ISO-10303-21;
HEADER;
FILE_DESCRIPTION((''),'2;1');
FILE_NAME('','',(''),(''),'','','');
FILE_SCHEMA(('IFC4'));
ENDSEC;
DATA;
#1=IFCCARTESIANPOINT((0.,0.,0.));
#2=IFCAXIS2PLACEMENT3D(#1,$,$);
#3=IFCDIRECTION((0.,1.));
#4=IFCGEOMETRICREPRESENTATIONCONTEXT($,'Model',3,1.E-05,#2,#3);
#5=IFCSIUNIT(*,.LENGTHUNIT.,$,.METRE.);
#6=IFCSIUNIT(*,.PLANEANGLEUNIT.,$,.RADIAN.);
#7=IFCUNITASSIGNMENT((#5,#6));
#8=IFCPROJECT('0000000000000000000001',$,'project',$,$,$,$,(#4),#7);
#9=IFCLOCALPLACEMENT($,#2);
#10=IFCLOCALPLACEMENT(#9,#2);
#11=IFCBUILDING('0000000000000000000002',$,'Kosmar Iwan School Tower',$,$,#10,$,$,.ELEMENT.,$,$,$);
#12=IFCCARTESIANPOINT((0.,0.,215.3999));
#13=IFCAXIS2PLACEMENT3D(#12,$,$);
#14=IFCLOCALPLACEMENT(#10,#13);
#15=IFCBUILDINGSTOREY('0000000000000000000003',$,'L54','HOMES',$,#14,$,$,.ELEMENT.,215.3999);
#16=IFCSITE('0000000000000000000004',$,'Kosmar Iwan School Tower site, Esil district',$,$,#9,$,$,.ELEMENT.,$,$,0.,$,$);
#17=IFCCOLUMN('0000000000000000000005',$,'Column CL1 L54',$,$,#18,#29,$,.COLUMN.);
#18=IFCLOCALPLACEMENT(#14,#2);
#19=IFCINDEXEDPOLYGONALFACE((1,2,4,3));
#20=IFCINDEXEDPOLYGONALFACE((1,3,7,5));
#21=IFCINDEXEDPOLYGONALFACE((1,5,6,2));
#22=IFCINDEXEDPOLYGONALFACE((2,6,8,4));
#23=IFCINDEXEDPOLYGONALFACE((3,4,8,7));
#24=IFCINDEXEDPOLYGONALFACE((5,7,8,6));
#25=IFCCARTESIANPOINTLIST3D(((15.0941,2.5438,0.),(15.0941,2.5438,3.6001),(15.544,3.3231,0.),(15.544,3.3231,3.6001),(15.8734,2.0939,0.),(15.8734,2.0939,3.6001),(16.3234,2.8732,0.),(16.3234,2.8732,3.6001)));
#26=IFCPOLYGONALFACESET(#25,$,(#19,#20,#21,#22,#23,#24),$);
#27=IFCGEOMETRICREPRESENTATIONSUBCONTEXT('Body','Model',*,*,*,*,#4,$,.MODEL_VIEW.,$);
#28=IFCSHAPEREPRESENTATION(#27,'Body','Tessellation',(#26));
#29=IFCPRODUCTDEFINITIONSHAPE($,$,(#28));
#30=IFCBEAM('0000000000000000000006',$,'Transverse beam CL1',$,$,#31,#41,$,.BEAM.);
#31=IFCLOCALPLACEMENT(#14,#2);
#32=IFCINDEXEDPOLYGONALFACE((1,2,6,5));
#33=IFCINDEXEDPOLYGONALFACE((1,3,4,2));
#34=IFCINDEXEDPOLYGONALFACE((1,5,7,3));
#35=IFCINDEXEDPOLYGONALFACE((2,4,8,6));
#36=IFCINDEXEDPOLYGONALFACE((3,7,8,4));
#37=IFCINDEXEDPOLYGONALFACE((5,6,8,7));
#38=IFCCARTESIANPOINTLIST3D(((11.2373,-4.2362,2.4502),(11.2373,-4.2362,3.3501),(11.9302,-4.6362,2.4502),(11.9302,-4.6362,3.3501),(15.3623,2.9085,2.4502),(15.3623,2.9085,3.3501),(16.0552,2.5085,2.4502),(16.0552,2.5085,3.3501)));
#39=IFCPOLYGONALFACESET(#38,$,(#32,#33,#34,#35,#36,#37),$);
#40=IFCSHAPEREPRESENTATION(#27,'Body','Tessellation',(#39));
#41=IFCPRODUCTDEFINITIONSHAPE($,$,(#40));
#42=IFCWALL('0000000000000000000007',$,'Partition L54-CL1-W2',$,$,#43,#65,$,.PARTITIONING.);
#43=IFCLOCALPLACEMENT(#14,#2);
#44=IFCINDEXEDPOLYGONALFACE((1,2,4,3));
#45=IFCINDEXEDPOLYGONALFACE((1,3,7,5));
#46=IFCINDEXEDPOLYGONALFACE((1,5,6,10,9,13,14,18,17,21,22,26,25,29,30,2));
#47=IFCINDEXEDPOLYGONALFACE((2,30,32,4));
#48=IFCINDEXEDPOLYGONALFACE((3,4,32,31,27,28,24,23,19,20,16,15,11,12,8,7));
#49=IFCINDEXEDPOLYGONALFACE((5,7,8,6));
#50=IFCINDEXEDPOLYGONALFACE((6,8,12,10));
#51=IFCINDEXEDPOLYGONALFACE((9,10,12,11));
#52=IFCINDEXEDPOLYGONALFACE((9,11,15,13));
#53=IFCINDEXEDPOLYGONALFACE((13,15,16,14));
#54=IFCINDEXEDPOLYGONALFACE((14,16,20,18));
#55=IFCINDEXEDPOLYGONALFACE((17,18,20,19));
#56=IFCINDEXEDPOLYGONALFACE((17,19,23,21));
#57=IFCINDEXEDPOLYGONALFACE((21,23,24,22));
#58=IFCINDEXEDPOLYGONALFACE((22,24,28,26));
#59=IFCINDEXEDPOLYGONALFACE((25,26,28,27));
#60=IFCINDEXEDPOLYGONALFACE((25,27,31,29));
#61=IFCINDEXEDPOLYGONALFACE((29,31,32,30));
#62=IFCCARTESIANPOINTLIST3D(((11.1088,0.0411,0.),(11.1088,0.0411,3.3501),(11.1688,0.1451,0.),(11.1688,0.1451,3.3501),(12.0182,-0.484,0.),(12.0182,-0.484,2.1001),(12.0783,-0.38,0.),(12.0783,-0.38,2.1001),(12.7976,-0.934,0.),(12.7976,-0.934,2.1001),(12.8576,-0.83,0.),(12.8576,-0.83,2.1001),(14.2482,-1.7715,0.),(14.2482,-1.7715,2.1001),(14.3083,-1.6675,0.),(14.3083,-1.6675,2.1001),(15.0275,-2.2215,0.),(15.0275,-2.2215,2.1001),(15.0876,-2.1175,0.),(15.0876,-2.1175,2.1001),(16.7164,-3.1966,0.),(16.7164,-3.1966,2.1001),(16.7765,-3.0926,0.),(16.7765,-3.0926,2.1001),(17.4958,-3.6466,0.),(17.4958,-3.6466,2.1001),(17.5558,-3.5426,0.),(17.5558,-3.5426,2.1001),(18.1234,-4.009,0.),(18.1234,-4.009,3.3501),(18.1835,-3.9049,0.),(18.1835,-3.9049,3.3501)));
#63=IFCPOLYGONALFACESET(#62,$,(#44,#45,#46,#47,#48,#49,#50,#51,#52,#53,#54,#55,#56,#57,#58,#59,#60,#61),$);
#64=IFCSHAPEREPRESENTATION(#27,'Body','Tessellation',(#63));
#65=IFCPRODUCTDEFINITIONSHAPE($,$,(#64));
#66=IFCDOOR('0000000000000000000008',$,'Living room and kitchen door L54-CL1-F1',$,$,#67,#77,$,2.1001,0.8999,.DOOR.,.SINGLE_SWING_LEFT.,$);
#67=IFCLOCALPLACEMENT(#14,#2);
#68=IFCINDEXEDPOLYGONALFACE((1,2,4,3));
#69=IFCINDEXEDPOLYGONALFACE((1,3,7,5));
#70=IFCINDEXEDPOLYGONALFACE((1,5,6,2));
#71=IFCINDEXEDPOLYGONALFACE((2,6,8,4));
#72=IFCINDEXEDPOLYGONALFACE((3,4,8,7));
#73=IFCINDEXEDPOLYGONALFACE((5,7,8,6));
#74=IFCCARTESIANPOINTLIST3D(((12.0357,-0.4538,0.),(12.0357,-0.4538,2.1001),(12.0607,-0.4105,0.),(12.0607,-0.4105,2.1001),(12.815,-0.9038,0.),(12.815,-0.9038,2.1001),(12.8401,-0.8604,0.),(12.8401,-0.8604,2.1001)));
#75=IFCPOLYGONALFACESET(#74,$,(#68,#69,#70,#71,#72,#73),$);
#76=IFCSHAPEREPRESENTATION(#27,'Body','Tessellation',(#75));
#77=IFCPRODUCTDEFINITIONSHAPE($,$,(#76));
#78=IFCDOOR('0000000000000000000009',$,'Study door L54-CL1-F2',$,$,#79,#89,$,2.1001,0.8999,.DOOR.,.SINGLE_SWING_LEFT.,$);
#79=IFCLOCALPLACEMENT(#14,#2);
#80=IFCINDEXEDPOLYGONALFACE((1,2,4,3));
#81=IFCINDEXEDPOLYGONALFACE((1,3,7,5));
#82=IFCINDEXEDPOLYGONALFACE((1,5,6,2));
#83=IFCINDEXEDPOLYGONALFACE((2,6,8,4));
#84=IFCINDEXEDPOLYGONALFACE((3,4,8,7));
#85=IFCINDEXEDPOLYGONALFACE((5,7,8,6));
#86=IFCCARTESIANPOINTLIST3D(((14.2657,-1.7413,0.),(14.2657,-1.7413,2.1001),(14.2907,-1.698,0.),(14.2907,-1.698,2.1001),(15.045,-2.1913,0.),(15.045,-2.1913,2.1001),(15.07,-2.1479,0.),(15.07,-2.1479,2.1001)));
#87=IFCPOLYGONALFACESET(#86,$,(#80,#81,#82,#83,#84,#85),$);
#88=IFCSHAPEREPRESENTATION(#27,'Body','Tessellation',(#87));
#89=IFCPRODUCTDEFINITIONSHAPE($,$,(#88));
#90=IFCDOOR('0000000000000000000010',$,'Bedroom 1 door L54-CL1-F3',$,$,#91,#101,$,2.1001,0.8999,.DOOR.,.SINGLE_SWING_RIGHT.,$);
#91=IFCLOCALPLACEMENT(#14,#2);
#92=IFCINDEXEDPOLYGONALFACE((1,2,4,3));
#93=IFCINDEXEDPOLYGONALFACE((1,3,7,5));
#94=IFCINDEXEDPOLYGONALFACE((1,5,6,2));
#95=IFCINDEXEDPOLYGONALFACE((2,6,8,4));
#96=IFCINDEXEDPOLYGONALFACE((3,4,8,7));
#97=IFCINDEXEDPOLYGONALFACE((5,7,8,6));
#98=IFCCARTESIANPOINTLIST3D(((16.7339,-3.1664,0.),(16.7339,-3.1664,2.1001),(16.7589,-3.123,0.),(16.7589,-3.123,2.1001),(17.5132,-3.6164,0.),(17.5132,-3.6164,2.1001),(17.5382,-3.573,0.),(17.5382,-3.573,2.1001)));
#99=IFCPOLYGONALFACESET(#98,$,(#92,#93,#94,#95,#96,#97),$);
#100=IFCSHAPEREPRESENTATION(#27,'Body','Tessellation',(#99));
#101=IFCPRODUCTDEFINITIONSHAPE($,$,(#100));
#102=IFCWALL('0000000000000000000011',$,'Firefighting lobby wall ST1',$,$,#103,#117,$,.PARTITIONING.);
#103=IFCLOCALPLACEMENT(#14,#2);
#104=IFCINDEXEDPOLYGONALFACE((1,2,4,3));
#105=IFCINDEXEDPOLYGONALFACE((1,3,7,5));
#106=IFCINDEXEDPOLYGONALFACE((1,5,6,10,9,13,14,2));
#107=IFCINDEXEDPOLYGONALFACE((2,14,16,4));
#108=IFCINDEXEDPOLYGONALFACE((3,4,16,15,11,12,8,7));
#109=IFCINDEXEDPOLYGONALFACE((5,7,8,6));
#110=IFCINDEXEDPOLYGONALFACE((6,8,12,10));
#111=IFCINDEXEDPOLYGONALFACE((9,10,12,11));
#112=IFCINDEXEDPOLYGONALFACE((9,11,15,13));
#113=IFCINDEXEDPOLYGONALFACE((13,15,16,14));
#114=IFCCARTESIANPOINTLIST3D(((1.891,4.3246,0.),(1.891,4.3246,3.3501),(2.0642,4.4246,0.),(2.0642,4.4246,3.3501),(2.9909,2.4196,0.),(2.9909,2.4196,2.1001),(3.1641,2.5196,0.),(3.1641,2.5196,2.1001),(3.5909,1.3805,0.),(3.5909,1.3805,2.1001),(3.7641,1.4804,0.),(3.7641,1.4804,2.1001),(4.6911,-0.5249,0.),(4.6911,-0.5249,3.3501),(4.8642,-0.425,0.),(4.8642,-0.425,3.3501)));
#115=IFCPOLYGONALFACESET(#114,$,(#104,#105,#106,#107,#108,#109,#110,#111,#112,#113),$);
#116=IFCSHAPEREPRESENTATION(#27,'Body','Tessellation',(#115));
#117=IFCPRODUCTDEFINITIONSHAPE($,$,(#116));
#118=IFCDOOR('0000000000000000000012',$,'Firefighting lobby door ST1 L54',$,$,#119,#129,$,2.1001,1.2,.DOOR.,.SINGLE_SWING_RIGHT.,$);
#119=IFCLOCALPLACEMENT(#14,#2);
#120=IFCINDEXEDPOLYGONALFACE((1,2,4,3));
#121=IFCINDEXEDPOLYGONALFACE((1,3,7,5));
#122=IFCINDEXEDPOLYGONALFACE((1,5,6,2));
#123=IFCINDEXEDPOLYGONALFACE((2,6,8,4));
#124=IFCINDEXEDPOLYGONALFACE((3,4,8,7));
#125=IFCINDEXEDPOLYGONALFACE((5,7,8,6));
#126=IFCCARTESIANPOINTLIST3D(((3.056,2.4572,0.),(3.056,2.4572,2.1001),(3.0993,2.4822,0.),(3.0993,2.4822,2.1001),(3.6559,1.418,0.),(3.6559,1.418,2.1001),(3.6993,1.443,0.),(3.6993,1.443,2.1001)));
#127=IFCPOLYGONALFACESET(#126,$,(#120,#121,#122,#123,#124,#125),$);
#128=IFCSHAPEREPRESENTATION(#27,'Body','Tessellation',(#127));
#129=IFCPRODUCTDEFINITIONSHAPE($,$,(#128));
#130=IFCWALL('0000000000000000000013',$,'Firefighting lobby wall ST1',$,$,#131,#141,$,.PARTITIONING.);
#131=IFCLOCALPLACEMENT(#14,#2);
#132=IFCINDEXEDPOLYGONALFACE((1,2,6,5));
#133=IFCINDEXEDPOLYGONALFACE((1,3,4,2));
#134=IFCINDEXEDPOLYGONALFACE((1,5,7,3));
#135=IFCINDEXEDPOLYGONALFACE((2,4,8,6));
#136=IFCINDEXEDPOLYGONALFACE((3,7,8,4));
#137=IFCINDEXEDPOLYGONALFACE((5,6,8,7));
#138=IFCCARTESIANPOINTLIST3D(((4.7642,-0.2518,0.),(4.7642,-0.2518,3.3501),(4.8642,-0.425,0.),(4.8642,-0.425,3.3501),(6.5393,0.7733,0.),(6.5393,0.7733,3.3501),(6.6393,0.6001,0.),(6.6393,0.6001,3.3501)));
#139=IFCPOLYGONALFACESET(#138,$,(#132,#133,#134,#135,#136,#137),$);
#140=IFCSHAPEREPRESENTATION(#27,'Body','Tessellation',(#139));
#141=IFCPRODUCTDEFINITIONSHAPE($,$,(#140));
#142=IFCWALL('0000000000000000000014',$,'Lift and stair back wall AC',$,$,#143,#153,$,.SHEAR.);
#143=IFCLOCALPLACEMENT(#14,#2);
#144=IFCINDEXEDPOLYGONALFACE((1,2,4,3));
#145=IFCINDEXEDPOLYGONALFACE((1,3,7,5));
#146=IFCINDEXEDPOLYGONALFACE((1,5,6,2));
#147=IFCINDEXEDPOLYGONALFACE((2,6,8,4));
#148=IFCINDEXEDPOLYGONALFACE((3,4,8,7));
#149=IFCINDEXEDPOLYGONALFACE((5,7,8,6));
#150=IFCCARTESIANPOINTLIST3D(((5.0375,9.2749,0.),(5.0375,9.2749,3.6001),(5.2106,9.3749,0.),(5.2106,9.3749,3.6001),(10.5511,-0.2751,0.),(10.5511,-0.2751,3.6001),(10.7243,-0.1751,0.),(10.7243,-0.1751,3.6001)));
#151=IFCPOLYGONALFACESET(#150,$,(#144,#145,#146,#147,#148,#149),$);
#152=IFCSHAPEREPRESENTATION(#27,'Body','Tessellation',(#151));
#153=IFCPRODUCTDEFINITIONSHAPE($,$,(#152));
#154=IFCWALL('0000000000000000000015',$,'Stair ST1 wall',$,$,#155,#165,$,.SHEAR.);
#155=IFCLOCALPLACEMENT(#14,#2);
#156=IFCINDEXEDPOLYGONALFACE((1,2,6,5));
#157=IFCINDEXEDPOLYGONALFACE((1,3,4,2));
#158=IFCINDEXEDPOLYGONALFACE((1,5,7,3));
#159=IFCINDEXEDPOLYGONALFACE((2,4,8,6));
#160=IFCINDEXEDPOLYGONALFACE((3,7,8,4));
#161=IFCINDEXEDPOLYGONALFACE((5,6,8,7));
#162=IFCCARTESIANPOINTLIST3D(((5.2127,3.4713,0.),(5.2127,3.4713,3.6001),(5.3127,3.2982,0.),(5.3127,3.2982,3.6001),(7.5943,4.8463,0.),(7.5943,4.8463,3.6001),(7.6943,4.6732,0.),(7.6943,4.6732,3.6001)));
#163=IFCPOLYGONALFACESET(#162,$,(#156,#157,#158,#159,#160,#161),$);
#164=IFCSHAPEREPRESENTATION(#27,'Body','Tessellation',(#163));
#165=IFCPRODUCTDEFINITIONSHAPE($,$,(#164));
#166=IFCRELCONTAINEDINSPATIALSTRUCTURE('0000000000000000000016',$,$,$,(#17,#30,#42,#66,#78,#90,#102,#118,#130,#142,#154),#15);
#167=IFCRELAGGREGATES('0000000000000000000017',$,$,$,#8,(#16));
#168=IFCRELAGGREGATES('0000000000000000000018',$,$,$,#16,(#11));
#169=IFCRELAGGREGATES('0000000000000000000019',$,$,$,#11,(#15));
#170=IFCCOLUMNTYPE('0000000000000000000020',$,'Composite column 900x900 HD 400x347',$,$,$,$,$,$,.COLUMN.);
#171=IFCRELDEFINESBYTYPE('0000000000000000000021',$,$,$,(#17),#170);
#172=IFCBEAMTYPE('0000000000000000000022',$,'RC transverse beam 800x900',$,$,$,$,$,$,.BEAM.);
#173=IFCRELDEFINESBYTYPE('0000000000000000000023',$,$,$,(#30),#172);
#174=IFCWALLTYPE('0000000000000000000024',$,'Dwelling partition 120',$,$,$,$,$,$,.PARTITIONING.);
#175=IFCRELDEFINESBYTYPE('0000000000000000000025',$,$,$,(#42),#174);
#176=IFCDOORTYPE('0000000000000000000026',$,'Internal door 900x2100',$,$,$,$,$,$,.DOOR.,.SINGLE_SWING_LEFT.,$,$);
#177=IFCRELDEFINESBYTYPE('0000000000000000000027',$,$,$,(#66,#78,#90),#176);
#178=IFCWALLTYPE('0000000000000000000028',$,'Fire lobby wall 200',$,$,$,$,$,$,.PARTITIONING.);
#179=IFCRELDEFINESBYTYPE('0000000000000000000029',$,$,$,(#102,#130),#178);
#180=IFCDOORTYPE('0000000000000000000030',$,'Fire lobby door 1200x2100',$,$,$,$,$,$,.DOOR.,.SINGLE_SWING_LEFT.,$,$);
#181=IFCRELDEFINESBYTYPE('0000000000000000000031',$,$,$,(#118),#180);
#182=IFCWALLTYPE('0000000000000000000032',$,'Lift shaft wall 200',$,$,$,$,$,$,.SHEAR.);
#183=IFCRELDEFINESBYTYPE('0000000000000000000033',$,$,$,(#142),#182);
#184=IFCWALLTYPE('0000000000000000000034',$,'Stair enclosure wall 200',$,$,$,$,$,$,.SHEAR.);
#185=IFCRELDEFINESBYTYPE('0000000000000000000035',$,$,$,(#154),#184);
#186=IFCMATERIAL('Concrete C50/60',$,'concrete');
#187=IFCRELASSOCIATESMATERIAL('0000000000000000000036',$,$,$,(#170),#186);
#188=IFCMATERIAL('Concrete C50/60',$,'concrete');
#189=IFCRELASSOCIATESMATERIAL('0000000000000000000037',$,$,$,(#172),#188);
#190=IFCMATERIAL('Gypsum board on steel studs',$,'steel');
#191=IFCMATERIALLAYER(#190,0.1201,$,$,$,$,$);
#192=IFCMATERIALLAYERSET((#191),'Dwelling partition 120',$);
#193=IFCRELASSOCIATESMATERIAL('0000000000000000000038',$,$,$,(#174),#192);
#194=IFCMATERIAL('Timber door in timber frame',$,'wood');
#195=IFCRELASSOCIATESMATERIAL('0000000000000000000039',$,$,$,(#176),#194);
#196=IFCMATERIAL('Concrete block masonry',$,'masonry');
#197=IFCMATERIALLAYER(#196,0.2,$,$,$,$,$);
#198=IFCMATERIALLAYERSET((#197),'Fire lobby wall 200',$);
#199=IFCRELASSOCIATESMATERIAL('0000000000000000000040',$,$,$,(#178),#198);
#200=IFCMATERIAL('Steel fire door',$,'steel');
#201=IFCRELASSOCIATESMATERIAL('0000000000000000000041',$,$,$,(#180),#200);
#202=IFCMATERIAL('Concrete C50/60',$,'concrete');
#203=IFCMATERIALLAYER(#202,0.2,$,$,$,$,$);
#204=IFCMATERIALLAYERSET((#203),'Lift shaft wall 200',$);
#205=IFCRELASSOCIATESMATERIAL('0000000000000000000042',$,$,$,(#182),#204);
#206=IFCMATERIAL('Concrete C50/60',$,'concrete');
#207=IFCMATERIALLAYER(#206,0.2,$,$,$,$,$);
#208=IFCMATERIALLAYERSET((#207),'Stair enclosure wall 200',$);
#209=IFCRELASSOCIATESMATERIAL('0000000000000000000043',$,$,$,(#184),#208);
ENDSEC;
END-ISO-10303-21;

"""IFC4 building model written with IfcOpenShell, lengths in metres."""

from ifc_helpers import new_model, si_unit, direction, frame, frame_2d, origin, origin_2d, place, context, subcontext, project, spatial, rectangle, extrude, material, layer, layer_set, material_profile, profile_set, type_object, element, fill, save


model = new_model("IFC4")

# Units and contexts
model_context = context("Model", 3, precision=1e-05, world=origin(), true_north=direction((0.0, 1.0)))
body_context = subcontext(model_context, "Body", "Model", "MODEL_VIEW")
ifc_project = project(units=[si_unit("LENGTHUNIT", "METRE"), si_unit("PLANEANGLEUNIT", "RADIAN")], contexts=[model_context])

# Site, building, storey
site_placement = place(None, origin())
site = spatial("IfcSite", under=ifc_project, at=site_placement, Name="Kosmar Iwan School Tower site, Esil district", CompositionType="ELEMENT", RefElevation=0.0)
building_placement = place(site_placement, origin())
building = spatial("IfcBuilding", under=site, at=building_placement, Name="Kosmar Iwan School Tower", CompositionType="ELEMENT")
storey_placement = place(building_placement, frame((0.0, 0.0, 215.3999)))
storey = spatial("IfcBuildingStorey", under=building, at=storey_placement, Name="L54", Description="HOMES", CompositionType="ELEMENT", Elevation=215.3999)

# Column
ifc_material_1 = material(Name="Concrete C50/60", Category="concrete")
ifc_material_profile_1 = material_profile(ifc_material_1, rectangle(XDim=0.8999, YDim=0.8999, at=origin_2d()), Name="RC 900x900 + HD 400x347")
ifc_profile_set_1 = profile_set([ifc_material_profile_1], Name="Concrete C50/60")
column_type = type_object("IfcColumnType", Name="Composite column 900x900 HD 400x347", PredefinedType="COLUMN", material=ifc_profile_set_1)
column_placement = place(storey_placement, frame((15.7087, 2.7085, 0.0), z_axis=(0.0, 0.0, 1.0), x_axis=(0.866025, -0.5, 0.0)))
element("IfcColumn", 1, at=column_placement, inside=storey, type_object=column_type, Name="Column CL1 L54", PredefinedType="COLUMN", context=body_context, shape_type="SweptSolid", body=[
    extrude(rectangle(XDim=0.8999, YDim=0.8999, at=origin_2d()), origin(), (0.0, 0.0, 1.0), 3.6001),
])

# Beam
ifc_material_2 = material(Name="Concrete C50/60", Category="concrete")
ifc_material_profile_2 = material_profile(ifc_material_2, rectangle(XDim=0.8, YDim=0.8999, at=origin_2d()), Name="RC 800x900")
ifc_profile_set_2 = profile_set([ifc_material_profile_2], Name="Concrete C50/60")
beam_type = type_object("IfcBeamType", Name="RC transverse beam 800x900", PredefinedType="BEAM", material=ifc_profile_set_2)
beam_placement = place(storey_placement, frame((15.7087, 2.7085, 2.9001), z_axis=(-0.499997, -0.866027, 0.0), x_axis=(0.866027, -0.499997, 0.0)))
element("IfcBeam", 2, at=beam_placement, inside=storey, type_object=beam_type, Name="Transverse beam CL1", PredefinedType="BEAM", context=body_context, shape_type="SweptSolid", body=[
    extrude(rectangle(XDim=0.8, YDim=0.8999, at=origin_2d()), origin(), (0.0, 0.0, 1.0), 8.25),
])

# Wall, openings, doors
ifc_material_3 = material(Name="Gypsum board on steel studs", Category="steel")
ifc_layer_1 = layer(ifc_material_3, 0.1201)
ifc_layer_set_1 = layer_set([ifc_layer_1], Name="Dwelling partition 120")
wall_type_1 = type_object("IfcWallType", Name="Dwelling partition 120", PredefinedType="PARTITIONING", material=ifc_layer_set_1)
wall_1_placement = place(storey_placement, frame((11.1389, 0.093, 0.0), z_axis=(0.0, 0.0, 1.0), x_axis=(0.866018, -0.500013, 0.0)))
wall_1 = element("IfcWall", 3, at=wall_1_placement, inside=storey, type_object=wall_type_1, Name="Partition L54-CL1-W2", PredefinedType="PARTITIONING", context=body_context, shape_type="SweptSolid", body=[
    extrude(rectangle(XDim=8.0999, YDim=0.1201, at=frame_2d((4.0498, 0.0))), origin(), (0.0, 0.0, 1.0), 3.3501),
])
opening_1_placement = place(wall_1_placement, frame((1.05, 0.0, 0.0)))
opening_1 = element("IfcOpeningElement", 4, at=opening_1_placement, cuts=wall_1, PredefinedType="OPENING", context=body_context, shape_type="SweptSolid", body=[
    extrude(rectangle(XDim=0.8999, YDim=2.1001, at=frame_2d((0.45, 1.05))), frame((0.0, 0.072, 0.0), z_axis=(0.0, -1.0, 0.0), x_axis=(1.0, 0.0, 0.0)), (0.0, 0.0, 1.0), 0.144),
])
opening_2_placement = place(wall_1_placement, frame((3.625, 0.0, 0.0)))
opening_2 = element("IfcOpeningElement", 5, at=opening_2_placement, cuts=wall_1, PredefinedType="OPENING", context=body_context, shape_type="SweptSolid", body=[
    extrude(rectangle(XDim=0.8999, YDim=2.1001, at=frame_2d((0.45, 1.05))), frame((0.0, 0.072, 0.0), z_axis=(0.0, -1.0, 0.0), x_axis=(1.0, 0.0, 0.0)), (0.0, 0.0, 1.0), 0.144),
])
opening_3_placement = place(wall_1_placement, frame((6.4751, 0.0, 0.0)))
opening_3 = element("IfcOpeningElement", 6, at=opening_3_placement, cuts=wall_1, PredefinedType="OPENING", context=body_context, shape_type="SweptSolid", body=[
    extrude(rectangle(XDim=0.8999, YDim=2.1001, at=frame_2d((0.45, 1.05))), frame((0.0, 0.072, 0.0), z_axis=(0.0, -1.0, 0.0), x_axis=(1.0, 0.0, 0.0)), (0.0, 0.0, 1.0), 0.144),
])
ifc_material_4 = material(Name="Timber door in timber frame", Category="wood")
door_type_1 = type_object("IfcDoorType", Name="Internal door 900x2100", OperationType="SINGLE_SWING_LEFT", PredefinedType="DOOR", material=ifc_material_4)
door_1_placement = place(opening_1_placement, origin())
door_1 = element("IfcDoor", 7, at=door_1_placement, inside=storey, type_object=door_type_1, Name="Living room and kitchen door L54-CL1-F1", OperationType="SINGLE_SWING_LEFT", OverallHeight=2.1001, OverallWidth=0.8999, PredefinedType="DOOR", context=body_context, shape_type="SweptSolid", body=[
    extrude(rectangle(XDim=0.8999, YDim=2.1001, at=frame_2d((0.45, 1.05))), frame((0.0, 0.0249, 0.0), z_axis=(0.0, -1.0, 0.0), x_axis=(1.0, 0.0, 0.0)), (0.0, 0.0, 1.0), 0.05),
])
fill(opening_1, door_1)
door_2_placement = place(opening_2_placement, origin())
door_2 = element("IfcDoor", 8, at=door_2_placement, inside=storey, type_object=door_type_1, Name="Study door L54-CL1-F2", OperationType="SINGLE_SWING_LEFT", OverallHeight=2.1001, OverallWidth=0.8999, PredefinedType="DOOR", context=body_context, shape_type="SweptSolid", body=[
    extrude(rectangle(XDim=0.8999, YDim=2.1001, at=frame_2d((0.45, 1.05))), frame((0.0, 0.0249, 0.0), z_axis=(0.0, -1.0, 0.0), x_axis=(1.0, 0.0, 0.0)), (0.0, 0.0, 1.0), 0.05),
])
fill(opening_2, door_2)
door_3_placement = place(opening_3_placement, origin())
door_3 = element("IfcDoor", 9, at=door_3_placement, inside=storey, type_object=door_type_1, Name="Bedroom 1 door L54-CL1-F3", OperationType="SINGLE_SWING_RIGHT", OverallHeight=2.1001, OverallWidth=0.8999, PredefinedType="DOOR", context=body_context, shape_type="SweptSolid", body=[
    extrude(rectangle(XDim=0.8999, YDim=2.1001, at=frame_2d((0.45, 1.05))), frame((0.0, 0.0249, 0.0), z_axis=(0.0, -1.0, 0.0), x_axis=(1.0, 0.0, 0.0)), (0.0, 0.0, 1.0), 0.05),
])
fill(opening_3, door_3)

# Wall, opening, door
ifc_material_5 = material(Name="Concrete block masonry", Category="masonry")
ifc_layer_2 = layer(ifc_material_5, 0.2)
ifc_layer_set_2 = layer_set([ifc_layer_2], Name="Fire lobby wall 200")
wall_type_2 = type_object("IfcWallType", Name="Fire lobby wall 200", PredefinedType="PARTITIONING", material=ifc_layer_set_2)
wall_2_placement = place(storey_placement, frame((4.7776, -0.4749, 0.0), z_axis=(0.0, 0.0, 1.0), x_axis=(-0.500017, 0.866016, 0.0)))
wall_2 = element("IfcWall", 10, at=wall_2_placement, inside=storey, type_object=wall_type_2, Name="Firefighting lobby wall ST1", PredefinedType="PARTITIONING", context=body_context, shape_type="SweptSolid", body=[
    extrude(rectangle(XDim=5.5999, YDim=0.2, at=frame_2d((2.7998, 0.0))), origin(), (0.0, 0.0, 1.0), 3.3501),
])
opening_4_placement = place(wall_2_placement, frame((2.2, 0.0, 0.0)))
opening_4 = element("IfcOpeningElement", 11, at=opening_4_placement, cuts=wall_2, PredefinedType="OPENING", context=body_context, shape_type="SweptSolid", body=[
    extrude(rectangle(XDim=1.2, YDim=2.1001, at=frame_2d((0.6001, 1.05))), frame((0.0, 0.1121, 0.0), z_axis=(0.0, -1.0, 0.0), x_axis=(1.0, 0.0, 0.0)), (0.0, 0.0, 1.0), 0.2239),
])
ifc_material_6 = material(Name="Steel fire door", Category="steel")
door_type_2 = type_object("IfcDoorType", Name="Fire lobby door 1200x2100", OperationType="SINGLE_SWING_LEFT", PredefinedType="DOOR", material=ifc_material_6)
door_4_placement = place(opening_4_placement, origin())
door_4 = element("IfcDoor", 12, at=door_4_placement, inside=storey, type_object=door_type_2, Name="Firefighting lobby door ST1 L54", OperationType="SINGLE_SWING_RIGHT", OverallHeight=2.1001, OverallWidth=1.2, PredefinedType="DOOR", context=body_context, shape_type="SweptSolid", body=[
    extrude(rectangle(XDim=1.2, YDim=2.1001, at=frame_2d((0.6001, 1.05))), frame((0.0, 0.0249, 0.0), z_axis=(0.0, -1.0, 0.0), x_axis=(1.0, 0.0, 0.0)), (0.0, 0.0, 1.0), 0.05),
])
fill(opening_4, door_4)

# Walls
wall_3_placement = place(storey_placement, frame((4.8142, -0.3384, 0.0), z_axis=(0.0, 0.0, 1.0), x_axis=(0.865969, 0.500097, 0.0)))
element("IfcWall", 13, at=wall_3_placement, inside=storey, type_object=wall_type_2, Name="Firefighting lobby wall ST1", PredefinedType="PARTITIONING", context=body_context, shape_type="SweptSolid", body=[
    extrude(rectangle(XDim=2.0498, YDim=0.2, at=frame_2d((1.0249, 0.0))), origin(), (0.0, 0.0, 1.0), 3.3501),
])
ifc_material_7 = material(Name="Concrete C50/60", Category="concrete")
ifc_layer_3 = layer(ifc_material_7, 0.2)
ifc_layer_set_3 = layer_set([ifc_layer_3], Name="Lift shaft wall 200")
wall_type_3 = type_object("IfcWallType", Name="Lift shaft wall 200", PredefinedType="SHEAR", material=ifc_layer_set_3)
wall_4_placement = place(storey_placement, frame((10.6377, -0.2251, 0.0), z_axis=(0.0, 0.0, 1.0), x_axis=(-0.499997, 0.866027, 0.0)))
element("IfcWall", 14, at=wall_4_placement, inside=storey, type_object=wall_type_3, Name="Lift and stair back wall AC", PredefinedType="SHEAR", context=body_context, shape_type="SweptSolid", body=[
    extrude(rectangle(XDim=11.0273, YDim=0.2, at=frame_2d((5.5137, 0.0))), origin(), (0.0, 0.0, 1.0), 3.6001),
])
ifc_material_8 = material(Name="Concrete C50/60", Category="concrete")
ifc_layer_4 = layer(ifc_material_8, 0.2)
ifc_layer_set_4 = layer_set([ifc_layer_4], Name="Stair enclosure wall 200")
wall_type_4 = type_object("IfcWallType", Name="Stair enclosure wall 200", PredefinedType="SHEAR", material=ifc_layer_set_4)
wall_5_placement = place(storey_placement, frame((5.2627, 3.3848, 0.0), z_axis=(0.0, 0.0, 1.0), x_axis=(0.866027, 0.499997, 0.0)))
element("IfcWall", 15, at=wall_5_placement, inside=storey, type_object=wall_type_4, Name="Stair ST1 wall", PredefinedType="SHEAR", context=body_context, shape_type="SweptSolid", body=[
    extrude(rectangle(XDim=2.75, YDim=0.2, at=frame_2d((1.375, 0.0))), origin(), (0.0, 0.0, 1.0), 3.6001),
])

save(model, "model.ifc")
